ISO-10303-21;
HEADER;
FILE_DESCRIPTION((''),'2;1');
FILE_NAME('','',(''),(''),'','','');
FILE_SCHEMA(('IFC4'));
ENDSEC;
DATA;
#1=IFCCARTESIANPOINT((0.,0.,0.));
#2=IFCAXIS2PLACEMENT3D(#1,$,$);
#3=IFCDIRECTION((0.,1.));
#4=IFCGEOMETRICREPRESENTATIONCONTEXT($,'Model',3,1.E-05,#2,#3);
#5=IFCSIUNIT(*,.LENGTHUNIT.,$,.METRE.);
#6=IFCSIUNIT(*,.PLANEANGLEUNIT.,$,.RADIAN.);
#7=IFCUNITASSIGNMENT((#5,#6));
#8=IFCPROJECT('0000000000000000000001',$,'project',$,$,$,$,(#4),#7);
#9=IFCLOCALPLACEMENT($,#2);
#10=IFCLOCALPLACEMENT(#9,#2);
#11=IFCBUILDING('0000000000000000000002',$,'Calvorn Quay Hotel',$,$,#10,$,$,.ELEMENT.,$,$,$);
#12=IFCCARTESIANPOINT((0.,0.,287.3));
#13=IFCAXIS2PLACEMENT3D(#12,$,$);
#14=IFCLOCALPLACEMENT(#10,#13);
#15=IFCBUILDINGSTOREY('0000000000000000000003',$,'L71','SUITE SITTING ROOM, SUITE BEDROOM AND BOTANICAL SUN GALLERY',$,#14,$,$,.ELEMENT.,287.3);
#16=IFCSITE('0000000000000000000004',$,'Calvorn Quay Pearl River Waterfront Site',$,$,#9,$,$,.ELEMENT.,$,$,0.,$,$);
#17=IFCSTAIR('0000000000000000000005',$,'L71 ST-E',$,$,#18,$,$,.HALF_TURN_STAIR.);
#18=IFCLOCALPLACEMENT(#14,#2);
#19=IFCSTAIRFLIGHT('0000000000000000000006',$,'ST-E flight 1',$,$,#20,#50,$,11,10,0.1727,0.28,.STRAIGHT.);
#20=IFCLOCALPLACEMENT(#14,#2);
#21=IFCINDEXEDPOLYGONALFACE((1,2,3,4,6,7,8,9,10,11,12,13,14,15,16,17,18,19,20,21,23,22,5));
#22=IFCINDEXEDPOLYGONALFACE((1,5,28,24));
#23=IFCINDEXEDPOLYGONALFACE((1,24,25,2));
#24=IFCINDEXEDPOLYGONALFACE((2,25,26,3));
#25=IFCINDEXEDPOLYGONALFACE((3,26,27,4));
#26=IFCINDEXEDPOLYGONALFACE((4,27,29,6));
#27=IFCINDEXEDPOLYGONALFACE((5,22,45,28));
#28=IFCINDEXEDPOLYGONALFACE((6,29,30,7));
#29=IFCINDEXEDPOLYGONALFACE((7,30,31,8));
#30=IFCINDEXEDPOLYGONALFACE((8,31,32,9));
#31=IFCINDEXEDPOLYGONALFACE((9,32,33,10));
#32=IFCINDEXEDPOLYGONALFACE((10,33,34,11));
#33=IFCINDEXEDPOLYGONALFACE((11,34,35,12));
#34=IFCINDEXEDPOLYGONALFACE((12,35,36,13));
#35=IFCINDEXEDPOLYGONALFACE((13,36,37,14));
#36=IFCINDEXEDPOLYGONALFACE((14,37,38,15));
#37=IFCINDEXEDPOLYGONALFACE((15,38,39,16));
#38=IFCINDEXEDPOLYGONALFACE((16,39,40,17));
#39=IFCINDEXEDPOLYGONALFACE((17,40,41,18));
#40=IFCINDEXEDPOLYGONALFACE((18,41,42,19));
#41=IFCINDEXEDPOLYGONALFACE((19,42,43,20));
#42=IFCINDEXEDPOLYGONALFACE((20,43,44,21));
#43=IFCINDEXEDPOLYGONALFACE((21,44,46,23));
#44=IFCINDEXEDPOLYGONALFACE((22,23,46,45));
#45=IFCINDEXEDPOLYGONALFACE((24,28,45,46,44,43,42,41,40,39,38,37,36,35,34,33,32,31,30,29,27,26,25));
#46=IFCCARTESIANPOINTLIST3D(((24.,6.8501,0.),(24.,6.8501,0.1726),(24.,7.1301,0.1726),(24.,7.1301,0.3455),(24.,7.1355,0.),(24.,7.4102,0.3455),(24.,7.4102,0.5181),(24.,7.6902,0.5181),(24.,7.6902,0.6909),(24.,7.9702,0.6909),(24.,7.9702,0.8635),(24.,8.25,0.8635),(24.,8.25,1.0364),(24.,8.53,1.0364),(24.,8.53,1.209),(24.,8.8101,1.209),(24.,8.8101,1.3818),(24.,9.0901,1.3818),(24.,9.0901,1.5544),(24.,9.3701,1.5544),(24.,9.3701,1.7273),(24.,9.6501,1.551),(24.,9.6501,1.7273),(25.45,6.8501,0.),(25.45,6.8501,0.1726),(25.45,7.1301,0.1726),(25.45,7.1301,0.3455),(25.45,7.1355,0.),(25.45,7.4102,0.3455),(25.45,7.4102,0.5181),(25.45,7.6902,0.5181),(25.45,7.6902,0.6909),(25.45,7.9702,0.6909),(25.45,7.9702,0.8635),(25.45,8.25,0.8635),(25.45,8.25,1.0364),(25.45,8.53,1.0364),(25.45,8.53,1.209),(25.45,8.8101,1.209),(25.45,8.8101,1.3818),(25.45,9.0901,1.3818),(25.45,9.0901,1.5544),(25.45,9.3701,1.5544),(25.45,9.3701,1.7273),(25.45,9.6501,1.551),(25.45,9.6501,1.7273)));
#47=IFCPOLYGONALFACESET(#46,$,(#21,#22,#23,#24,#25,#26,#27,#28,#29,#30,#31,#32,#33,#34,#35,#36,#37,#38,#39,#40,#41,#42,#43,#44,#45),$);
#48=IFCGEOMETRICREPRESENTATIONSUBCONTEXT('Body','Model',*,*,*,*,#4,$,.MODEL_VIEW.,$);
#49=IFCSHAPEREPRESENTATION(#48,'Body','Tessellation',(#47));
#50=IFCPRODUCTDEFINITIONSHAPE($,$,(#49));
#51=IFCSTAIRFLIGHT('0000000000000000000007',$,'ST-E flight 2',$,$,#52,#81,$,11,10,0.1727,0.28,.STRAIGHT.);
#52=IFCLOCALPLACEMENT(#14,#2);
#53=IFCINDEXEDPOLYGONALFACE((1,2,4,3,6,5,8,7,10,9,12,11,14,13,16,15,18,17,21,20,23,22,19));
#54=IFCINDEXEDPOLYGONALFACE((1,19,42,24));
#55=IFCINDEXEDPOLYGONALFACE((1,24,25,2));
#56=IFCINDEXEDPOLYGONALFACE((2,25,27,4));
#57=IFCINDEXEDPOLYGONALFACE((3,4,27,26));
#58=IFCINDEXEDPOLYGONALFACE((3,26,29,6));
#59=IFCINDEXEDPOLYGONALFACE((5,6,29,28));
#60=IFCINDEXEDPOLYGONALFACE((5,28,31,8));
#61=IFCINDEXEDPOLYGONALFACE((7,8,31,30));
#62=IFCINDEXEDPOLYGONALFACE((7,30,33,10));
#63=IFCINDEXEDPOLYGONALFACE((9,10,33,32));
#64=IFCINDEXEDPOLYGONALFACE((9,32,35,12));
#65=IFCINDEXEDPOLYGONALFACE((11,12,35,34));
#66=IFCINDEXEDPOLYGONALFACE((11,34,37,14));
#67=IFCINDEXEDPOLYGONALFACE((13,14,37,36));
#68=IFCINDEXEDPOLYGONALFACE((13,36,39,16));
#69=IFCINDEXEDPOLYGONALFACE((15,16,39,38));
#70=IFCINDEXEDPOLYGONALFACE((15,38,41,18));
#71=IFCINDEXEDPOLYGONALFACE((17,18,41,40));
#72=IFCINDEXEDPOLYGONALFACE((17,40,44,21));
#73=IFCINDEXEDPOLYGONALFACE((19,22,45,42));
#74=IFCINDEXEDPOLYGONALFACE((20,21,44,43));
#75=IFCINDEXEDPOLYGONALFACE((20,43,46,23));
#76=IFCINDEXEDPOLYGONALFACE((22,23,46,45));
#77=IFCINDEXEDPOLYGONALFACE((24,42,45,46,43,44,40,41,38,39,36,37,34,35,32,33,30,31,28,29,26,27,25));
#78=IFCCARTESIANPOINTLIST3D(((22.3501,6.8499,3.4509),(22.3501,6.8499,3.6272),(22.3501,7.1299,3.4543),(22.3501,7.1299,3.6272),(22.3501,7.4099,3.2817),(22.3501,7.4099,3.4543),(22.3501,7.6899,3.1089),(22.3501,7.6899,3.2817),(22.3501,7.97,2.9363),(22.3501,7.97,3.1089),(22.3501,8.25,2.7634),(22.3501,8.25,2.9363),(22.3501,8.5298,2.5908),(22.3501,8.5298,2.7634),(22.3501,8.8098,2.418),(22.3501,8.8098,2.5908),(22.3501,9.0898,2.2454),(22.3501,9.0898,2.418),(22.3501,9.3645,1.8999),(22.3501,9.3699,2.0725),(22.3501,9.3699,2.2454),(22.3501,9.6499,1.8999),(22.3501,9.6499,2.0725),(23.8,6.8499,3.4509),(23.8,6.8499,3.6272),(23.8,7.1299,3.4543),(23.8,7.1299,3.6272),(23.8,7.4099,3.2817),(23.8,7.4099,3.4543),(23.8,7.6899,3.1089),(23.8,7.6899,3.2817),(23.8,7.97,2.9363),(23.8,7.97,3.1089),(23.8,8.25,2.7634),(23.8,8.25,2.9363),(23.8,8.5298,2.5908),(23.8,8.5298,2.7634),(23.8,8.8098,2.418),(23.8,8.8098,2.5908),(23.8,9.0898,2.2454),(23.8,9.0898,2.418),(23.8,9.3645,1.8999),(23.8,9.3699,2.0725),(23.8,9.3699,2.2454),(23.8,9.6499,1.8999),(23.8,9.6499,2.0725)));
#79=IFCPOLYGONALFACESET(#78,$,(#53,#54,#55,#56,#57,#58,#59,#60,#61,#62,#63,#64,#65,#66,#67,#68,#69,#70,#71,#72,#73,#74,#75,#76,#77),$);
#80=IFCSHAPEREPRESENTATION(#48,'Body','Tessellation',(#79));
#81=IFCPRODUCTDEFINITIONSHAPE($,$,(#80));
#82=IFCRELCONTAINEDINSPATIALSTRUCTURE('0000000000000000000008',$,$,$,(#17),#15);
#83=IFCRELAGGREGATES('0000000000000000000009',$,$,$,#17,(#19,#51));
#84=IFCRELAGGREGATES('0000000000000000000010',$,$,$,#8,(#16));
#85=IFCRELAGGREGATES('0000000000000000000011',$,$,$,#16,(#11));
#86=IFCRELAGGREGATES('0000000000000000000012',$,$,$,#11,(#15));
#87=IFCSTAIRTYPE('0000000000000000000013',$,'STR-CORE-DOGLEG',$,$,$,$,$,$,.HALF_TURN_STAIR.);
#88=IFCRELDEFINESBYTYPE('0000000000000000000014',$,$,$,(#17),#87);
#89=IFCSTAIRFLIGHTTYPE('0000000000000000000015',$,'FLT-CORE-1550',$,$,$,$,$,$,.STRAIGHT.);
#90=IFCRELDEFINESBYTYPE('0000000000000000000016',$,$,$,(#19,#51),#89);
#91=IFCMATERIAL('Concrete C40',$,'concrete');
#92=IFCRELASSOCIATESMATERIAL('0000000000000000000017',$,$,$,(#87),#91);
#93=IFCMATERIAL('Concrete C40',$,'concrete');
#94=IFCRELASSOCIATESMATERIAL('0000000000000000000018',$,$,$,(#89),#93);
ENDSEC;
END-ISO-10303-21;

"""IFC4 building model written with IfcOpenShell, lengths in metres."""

from ifc_helpers import new_model, si_unit, direction, frame, origin, place, context, subcontext, project, spatial, polyline, outline, extrude, material, type_object, element, aggregate, save


model = new_model("IFC4")

# Units and contexts
model_context = context("Model", 3, precision=1e-05, world=origin(), true_north=direction((0.0, 1.0)))
body_context = subcontext(model_context, "Body", "Model", "MODEL_VIEW")
ifc_project = project(units=[si_unit("LENGTHUNIT", "METRE"), si_unit("PLANEANGLEUNIT", "RADIAN")], contexts=[model_context])

# Site, building, storey
site_placement = place(None, origin())
site = spatial("IfcSite", under=ifc_project, at=site_placement, Name="Calvorn Quay Pearl River Waterfront Site", CompositionType="ELEMENT", RefElevation=0.0)
building_placement = place(site_placement, origin())
building = spatial("IfcBuilding", under=site, at=building_placement, Name="Calvorn Quay Hotel", CompositionType="ELEMENT")
storey_placement = place(building_placement, frame((0.0, 0.0, 287.3)))
storey = spatial("IfcBuildingStorey", under=building, at=storey_placement, Name="L71", Description="SUITE SITTING ROOM, SUITE BEDROOM AND BOTANICAL SUN GALLERY", CompositionType="ELEMENT", Elevation=287.3)

# Stair, stair flights
ifc_material_1 = material(Name="Concrete C40", Category="concrete")
stair_type = type_object("IfcStairType", Name="STR-CORE-DOGLEG", PredefinedType="HALF_TURN_STAIR", material=ifc_material_1)
stair_placement = place(storey_placement, origin())
stair = element("IfcStair", 1, at=stair_placement, inside=storey, type_object=stair_type, Name="L71 ST-E", PredefinedType="HALF_TURN_STAIR")
ifc_material_2 = material(Name="Concrete C40", Category="concrete")
stair_flight_type = type_object("IfcStairFlightType", Name="FLT-CORE-1550", PredefinedType="STRAIGHT", material=ifc_material_2)
stair_flight_1_placement = place(storey_placement, frame((24.7251, 6.8501, 0.0), z_axis=(0.0, 0.0, 1.0), x_axis=(0.0, 1.0, 0.0)))
stair_flight_1 = element("IfcStairFlight", 2, at=stair_flight_1_placement, type_object=stair_flight_type, Name="ST-E flight 1", NumberOfRisers=11, NumberOfTreads=10, PredefinedType="STRAIGHT", RiserHeight=0.1727, TreadLength=0.28, context=body_context, shape_type="SweptSolid", body=[
    extrude(outline(polyline([(0.0, 0.0), (0.0, 0.1726), (0.28, 0.1726), (0.28, 0.3455), (0.5601, 0.3455), (0.5601, 0.5181), (0.8401, 0.5181), (0.8401, 0.6909), (1.1201, 0.6909), (1.1201, 0.8635), (1.3999, 0.8635), (1.3999, 1.0364), (1.6799, 1.0364), (1.6799, 1.209), (1.96, 1.209), (1.96, 1.3818), (2.24, 1.3818), (2.24, 1.5544), (2.52, 1.5544), (2.52, 1.7273), (2.8, 1.7273), (2.8, 1.8999), (2.8, 1.551), (0.2854, 0.0), (0.0, 0.0)])), frame((0.0, 0.7251, 0.0), z_axis=(0.0, -1.0, 0.0), x_axis=(1.0, 0.0, 0.0)), (0.0, 0.0, 1.0), 1.45),
])
stair_flight_2_placement = place(storey_placement, frame((23.075, 9.6499, 1.8999), z_axis=(0.0, 0.0, 1.0), x_axis=(0.0, -1.0, 0.0)))
stair_flight_2 = element("IfcStairFlight", 3, at=stair_flight_2_placement, type_object=stair_flight_type, Name="ST-E flight 2", NumberOfRisers=11, NumberOfTreads=10, PredefinedType="STRAIGHT", RiserHeight=0.1727, TreadLength=0.28, context=body_context, shape_type="SweptSolid", body=[
    extrude(outline(polyline([(0.0, 0.0), (0.0, 0.1726), (0.28, 0.1726), (0.28, 0.3455), (0.5601, 0.3455), (0.5601, 0.5181), (0.8401, 0.5181), (0.8401, 0.6909), (1.1201, 0.6909), (1.1201, 0.8635), (1.3999, 0.8635), (1.3999, 1.0364), (1.6799, 1.0364), (1.6799, 1.209), (1.96, 1.209), (1.96, 1.3818), (2.24, 1.3818), (2.24, 1.5544), (2.52, 1.5544), (2.52, 1.7273), (2.8, 1.7273), (2.8, 1.8999), (2.8, 1.551), (0.2854, 0.0), (0.0, 0.0)])), frame((0.0, 0.7251, 0.0), z_axis=(0.0, -1.0, 0.0), x_axis=(1.0, 0.0, 0.0)), (0.0, 0.0, 1.0), 1.45),
])
aggregate(stair, [stair_flight_1, stair_flight_2])

save(model, "model.ifc")
